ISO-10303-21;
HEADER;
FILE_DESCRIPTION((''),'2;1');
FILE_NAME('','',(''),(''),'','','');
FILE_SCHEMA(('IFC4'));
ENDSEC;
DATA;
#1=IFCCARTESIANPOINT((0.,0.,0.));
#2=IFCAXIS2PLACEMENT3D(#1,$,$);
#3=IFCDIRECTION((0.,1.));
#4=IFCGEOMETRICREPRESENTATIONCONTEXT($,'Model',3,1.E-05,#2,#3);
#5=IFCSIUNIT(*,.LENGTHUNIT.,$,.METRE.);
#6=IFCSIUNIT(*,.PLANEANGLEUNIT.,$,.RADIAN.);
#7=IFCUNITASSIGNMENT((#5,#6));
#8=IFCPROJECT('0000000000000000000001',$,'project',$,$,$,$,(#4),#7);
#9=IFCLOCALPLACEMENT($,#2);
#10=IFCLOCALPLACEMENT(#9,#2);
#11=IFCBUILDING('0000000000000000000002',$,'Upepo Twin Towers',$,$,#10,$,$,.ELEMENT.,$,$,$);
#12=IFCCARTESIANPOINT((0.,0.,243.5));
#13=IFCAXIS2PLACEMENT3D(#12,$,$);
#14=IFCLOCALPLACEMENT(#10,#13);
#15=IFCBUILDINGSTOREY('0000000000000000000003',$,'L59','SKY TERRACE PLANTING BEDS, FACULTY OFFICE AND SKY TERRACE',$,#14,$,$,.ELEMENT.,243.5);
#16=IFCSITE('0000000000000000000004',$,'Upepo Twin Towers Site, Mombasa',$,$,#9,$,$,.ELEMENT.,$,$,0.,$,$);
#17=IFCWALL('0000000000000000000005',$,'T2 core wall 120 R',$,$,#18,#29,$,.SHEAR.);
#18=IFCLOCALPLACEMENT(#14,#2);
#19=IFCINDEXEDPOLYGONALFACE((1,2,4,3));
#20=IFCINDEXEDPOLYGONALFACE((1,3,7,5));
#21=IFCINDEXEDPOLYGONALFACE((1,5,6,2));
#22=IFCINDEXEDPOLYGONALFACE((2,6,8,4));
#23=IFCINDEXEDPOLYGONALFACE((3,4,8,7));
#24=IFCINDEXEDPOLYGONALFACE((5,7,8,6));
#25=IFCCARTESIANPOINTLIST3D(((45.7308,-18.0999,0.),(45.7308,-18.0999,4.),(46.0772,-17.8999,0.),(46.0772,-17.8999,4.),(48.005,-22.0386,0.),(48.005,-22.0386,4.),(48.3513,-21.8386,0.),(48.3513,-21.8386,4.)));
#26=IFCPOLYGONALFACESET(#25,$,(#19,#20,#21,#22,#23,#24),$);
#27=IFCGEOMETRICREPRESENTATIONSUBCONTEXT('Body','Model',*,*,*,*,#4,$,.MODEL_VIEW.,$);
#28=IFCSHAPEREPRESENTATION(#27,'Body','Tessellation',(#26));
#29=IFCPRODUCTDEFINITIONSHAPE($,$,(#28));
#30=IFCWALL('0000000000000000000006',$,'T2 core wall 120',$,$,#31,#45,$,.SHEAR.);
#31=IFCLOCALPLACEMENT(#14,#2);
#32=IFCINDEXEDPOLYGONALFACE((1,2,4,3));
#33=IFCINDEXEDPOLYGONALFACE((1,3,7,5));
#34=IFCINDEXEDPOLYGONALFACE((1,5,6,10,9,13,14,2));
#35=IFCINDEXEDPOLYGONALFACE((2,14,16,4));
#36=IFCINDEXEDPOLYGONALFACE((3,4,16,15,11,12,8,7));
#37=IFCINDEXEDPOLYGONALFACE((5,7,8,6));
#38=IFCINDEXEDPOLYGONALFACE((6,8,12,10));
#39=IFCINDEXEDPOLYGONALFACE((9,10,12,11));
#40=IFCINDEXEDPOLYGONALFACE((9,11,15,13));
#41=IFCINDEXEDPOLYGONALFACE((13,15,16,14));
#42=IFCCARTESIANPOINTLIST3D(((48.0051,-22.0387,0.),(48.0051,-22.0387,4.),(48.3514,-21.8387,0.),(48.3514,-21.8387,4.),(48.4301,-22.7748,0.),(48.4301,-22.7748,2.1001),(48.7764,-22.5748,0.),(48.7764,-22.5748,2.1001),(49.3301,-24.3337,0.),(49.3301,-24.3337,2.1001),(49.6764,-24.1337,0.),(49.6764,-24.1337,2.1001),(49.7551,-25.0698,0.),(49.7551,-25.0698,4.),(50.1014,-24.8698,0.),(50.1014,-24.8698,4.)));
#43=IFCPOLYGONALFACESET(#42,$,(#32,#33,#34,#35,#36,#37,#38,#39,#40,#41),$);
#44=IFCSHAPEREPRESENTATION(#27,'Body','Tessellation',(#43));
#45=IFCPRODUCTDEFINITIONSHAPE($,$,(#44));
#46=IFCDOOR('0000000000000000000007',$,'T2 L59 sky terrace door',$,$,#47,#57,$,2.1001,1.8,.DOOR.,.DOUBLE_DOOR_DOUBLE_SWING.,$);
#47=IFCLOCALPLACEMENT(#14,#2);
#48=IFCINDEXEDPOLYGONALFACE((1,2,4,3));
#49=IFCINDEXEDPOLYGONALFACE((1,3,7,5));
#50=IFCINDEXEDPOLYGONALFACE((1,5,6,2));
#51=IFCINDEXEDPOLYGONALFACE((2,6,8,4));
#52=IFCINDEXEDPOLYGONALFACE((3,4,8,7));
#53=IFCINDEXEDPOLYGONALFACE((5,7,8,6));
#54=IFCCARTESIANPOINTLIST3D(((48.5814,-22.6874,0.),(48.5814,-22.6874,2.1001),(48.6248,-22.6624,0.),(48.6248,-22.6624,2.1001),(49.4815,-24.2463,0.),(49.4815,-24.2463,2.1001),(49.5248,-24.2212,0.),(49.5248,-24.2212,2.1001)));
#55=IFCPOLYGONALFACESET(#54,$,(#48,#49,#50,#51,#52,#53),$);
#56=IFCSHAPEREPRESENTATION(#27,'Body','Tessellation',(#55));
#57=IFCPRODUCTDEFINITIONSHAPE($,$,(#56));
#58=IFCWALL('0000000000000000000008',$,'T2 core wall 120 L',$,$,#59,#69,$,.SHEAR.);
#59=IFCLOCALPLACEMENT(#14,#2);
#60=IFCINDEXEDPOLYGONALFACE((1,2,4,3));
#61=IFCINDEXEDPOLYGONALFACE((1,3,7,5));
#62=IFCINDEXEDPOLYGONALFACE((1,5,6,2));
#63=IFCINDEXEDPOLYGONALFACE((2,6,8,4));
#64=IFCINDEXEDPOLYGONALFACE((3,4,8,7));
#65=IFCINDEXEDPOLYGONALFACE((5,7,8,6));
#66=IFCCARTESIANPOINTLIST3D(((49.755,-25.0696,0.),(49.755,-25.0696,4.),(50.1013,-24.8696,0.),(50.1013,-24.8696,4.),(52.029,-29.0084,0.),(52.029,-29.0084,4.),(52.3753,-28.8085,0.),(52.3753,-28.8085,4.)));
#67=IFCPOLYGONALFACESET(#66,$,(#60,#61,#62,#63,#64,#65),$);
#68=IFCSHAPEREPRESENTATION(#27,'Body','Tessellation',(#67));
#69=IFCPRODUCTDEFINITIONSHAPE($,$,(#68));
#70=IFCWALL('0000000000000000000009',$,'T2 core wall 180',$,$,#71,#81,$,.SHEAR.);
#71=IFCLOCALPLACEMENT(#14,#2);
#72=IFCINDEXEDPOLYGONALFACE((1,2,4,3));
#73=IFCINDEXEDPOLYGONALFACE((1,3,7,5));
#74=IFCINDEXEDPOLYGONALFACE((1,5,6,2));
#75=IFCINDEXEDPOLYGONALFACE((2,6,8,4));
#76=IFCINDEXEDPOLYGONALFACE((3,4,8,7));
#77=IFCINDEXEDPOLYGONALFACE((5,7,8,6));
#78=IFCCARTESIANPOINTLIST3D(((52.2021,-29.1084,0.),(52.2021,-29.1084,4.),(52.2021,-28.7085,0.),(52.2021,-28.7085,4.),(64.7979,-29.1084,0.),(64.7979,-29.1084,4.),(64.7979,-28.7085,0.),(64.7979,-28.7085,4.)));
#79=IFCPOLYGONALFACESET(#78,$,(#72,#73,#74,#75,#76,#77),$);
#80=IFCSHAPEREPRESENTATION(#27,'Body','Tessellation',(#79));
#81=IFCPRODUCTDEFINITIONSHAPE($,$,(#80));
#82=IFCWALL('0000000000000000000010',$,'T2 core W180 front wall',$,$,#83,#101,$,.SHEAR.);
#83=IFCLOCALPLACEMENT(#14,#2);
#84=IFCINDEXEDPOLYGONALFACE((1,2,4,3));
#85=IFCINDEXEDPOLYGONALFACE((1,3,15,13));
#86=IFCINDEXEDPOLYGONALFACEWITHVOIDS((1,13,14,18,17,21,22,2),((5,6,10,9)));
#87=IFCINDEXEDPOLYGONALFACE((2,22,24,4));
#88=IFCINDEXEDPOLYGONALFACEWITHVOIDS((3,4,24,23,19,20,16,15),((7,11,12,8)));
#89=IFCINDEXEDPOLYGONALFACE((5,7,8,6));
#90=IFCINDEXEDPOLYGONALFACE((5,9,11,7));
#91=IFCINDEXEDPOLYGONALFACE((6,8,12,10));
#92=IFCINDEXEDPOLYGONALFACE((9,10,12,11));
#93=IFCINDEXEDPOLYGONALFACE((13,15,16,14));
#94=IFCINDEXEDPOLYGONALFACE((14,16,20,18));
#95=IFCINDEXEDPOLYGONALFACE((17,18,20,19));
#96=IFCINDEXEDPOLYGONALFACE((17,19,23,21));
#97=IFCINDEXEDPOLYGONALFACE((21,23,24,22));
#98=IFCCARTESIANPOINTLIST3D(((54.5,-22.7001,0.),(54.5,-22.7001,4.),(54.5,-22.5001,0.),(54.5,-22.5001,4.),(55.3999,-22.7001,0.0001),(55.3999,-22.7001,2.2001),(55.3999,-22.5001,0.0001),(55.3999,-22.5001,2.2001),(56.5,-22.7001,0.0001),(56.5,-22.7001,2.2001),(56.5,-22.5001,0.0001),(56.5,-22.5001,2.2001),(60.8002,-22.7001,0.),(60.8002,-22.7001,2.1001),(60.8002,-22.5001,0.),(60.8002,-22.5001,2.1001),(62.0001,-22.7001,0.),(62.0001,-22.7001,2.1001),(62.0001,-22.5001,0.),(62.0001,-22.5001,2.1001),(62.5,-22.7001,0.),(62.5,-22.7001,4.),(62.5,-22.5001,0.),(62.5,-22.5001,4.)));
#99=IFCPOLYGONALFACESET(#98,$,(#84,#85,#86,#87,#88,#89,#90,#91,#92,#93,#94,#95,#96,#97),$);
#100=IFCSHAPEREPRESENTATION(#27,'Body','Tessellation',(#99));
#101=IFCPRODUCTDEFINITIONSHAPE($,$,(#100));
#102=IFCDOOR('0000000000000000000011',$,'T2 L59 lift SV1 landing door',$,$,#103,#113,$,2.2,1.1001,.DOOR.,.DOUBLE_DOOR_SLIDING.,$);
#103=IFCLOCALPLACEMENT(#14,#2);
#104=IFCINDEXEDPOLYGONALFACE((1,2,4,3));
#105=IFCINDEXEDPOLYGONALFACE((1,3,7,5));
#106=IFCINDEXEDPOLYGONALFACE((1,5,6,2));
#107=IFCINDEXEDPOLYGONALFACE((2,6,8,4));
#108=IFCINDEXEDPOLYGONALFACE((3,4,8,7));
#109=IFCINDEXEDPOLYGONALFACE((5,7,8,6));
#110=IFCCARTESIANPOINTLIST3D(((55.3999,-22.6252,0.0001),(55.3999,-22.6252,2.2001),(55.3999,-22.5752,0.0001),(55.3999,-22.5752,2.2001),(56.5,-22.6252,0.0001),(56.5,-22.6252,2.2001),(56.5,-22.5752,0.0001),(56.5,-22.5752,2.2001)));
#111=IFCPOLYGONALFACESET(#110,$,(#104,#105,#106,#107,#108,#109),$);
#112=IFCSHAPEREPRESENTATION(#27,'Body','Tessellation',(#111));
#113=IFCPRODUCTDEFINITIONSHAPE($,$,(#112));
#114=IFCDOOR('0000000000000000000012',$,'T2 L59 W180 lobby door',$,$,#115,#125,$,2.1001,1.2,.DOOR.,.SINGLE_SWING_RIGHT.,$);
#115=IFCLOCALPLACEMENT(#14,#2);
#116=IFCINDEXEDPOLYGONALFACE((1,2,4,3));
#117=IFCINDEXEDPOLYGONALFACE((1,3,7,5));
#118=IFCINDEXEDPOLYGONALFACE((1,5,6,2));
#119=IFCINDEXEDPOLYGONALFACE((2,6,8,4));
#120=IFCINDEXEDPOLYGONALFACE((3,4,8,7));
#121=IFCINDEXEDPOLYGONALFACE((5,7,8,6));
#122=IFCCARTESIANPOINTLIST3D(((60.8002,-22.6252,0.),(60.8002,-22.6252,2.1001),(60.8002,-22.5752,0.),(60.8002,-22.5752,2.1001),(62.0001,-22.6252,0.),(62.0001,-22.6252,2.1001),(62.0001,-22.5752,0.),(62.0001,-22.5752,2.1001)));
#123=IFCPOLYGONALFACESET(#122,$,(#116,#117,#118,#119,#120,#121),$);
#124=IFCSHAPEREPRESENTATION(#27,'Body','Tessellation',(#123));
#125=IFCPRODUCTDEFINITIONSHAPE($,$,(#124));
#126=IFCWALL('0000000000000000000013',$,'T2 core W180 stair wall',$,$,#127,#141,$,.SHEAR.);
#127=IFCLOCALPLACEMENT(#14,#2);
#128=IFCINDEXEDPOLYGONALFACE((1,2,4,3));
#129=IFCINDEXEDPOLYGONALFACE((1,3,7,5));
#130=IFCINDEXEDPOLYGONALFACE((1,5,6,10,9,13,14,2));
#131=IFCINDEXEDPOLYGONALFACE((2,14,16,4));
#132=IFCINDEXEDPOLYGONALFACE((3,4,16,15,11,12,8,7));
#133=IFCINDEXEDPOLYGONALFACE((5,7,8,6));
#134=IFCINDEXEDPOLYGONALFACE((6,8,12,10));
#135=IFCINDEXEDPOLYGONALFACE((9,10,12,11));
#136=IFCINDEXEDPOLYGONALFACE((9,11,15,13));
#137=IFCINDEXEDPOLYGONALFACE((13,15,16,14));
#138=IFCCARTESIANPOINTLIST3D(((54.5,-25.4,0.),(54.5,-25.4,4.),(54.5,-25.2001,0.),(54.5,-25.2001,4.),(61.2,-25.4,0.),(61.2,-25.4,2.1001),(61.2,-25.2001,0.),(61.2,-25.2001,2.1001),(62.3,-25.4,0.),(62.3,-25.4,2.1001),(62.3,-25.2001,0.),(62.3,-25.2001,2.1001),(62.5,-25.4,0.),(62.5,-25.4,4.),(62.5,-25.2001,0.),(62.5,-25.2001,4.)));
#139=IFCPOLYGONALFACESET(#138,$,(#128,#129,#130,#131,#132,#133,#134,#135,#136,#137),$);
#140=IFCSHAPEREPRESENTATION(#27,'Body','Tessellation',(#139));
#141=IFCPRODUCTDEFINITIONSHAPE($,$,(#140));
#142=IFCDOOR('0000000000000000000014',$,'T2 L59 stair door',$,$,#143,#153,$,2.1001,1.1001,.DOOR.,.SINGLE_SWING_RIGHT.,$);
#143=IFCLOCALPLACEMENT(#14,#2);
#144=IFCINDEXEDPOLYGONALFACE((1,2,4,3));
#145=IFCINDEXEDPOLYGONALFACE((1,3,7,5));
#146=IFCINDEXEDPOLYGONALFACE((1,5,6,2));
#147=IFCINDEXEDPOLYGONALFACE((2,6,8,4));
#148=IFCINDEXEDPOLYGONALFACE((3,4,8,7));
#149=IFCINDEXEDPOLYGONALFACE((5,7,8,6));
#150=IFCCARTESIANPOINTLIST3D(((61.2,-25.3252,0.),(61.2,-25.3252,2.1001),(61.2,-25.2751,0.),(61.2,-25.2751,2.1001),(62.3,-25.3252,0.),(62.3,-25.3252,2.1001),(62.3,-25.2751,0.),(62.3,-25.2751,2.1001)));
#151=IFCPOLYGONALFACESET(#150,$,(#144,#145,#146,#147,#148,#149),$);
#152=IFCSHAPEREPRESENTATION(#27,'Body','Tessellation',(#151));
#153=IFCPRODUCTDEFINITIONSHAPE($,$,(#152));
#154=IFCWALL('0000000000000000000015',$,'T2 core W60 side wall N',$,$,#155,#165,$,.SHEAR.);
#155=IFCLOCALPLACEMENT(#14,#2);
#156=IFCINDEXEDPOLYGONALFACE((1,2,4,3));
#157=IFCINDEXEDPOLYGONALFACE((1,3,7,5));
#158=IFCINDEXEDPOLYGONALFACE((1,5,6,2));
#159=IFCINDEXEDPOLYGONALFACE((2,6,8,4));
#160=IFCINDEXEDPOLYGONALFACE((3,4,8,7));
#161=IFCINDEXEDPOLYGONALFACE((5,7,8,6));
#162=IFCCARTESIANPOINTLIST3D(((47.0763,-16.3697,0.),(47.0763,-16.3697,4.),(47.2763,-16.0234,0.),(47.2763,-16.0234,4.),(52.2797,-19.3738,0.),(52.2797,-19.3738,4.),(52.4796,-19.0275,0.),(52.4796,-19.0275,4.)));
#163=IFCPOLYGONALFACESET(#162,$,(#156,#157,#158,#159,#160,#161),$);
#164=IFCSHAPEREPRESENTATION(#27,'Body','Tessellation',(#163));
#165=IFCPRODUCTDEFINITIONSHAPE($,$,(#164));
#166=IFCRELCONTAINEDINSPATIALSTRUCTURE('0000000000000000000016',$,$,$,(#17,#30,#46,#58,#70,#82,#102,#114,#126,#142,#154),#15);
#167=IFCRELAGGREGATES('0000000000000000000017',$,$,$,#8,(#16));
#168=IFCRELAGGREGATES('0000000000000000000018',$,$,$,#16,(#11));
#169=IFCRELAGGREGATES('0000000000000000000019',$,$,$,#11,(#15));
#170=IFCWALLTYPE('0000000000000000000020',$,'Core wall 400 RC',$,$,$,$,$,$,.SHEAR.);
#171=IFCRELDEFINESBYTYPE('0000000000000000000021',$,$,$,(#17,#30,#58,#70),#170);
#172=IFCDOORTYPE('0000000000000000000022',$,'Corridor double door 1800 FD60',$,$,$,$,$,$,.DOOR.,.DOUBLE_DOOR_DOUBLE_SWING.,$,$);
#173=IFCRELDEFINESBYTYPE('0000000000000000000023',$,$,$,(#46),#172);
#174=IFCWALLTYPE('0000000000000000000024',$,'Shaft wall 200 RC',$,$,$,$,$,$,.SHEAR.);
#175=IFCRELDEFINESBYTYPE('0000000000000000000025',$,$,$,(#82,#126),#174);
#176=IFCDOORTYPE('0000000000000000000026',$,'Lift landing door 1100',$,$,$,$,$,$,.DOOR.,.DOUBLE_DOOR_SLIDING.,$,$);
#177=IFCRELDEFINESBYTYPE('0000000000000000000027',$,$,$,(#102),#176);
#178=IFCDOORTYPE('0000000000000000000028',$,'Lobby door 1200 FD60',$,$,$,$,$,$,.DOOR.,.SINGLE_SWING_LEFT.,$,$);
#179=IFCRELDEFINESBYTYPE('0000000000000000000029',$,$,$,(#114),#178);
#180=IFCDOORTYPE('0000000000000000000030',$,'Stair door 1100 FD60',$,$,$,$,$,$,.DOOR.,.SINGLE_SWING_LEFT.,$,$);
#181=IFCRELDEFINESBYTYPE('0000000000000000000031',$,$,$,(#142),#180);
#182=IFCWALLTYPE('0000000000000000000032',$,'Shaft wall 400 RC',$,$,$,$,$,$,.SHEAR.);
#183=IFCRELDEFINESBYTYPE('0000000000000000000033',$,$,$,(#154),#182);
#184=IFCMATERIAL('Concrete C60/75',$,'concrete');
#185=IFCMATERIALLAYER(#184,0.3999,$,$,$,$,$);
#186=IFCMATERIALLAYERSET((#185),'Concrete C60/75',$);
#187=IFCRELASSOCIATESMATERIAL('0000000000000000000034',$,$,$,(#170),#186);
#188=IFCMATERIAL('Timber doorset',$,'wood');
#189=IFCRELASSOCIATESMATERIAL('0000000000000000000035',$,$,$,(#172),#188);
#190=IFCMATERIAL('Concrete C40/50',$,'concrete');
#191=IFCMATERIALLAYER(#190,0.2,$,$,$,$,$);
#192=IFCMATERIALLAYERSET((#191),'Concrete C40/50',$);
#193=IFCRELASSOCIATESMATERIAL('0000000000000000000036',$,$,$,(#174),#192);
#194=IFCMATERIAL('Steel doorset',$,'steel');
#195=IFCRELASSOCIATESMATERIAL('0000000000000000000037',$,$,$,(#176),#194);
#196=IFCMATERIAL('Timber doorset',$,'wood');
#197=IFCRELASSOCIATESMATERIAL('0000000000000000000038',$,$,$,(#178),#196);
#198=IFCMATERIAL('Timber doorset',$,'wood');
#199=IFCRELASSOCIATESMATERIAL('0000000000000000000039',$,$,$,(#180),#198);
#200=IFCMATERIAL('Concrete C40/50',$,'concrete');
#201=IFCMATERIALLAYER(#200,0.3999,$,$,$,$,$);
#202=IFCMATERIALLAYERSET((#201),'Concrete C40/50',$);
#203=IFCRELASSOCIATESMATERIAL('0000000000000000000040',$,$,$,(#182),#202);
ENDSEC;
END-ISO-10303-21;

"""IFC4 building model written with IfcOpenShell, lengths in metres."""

from ifc_helpers import new_model, si_unit, direction, frame, frame_2d, origin, place, context, subcontext, project, spatial, rectangle, extrude, material, layer, layer_set, type_object, element, fill, save


model = new_model("IFC4")

# Units and contexts
model_context = context("Model", 3, precision=1e-05, world=origin(), true_north=direction((0.0, 1.0)))
body_context = subcontext(model_context, "Body", "Model", "MODEL_VIEW")
ifc_project = project(units=[si_unit("LENGTHUNIT", "METRE"), si_unit("PLANEANGLEUNIT", "RADIAN")], contexts=[model_context])

# Site, building, storey
site_placement = place(None, origin())
site = spatial("IfcSite", under=ifc_project, at=site_placement, Name="Upepo Twin Towers Site, Mombasa", CompositionType="ELEMENT", RefElevation=0.0)
building_placement = place(site_placement, origin())
building = spatial("IfcBuilding", under=site, at=building_placement, Name="Upepo Twin Towers", CompositionType="ELEMENT")
storey_placement = place(building_placement, frame((0.0, 0.0, 243.5)))
storey = spatial("IfcBuildingStorey", under=building, at=storey_placement, Name="L59", Description="SKY TERRACE PLANTING BEDS, FACULTY OFFICE AND SKY TERRACE", CompositionType="ELEMENT", Elevation=243.5)

# Wall
ifc_material_1 = material(Name="Concrete C60/75", Category="concrete")
ifc_layer_1 = layer(ifc_material_1, 0.3999)
ifc_layer_set_1 = layer_set([ifc_layer_1], Name="Concrete C60/75")
wall_type_1 = type_object("IfcWallType", Name="Core wall 400 RC", PredefinedType="SHEAR", material=ifc_layer_set_1)
wall_1_placement = place(storey_placement, frame((45.9041, -18.0, 0.0), z_axis=(0.0, 0.0, 1.0), x_axis=(0.500024, -0.866011, 0.0)))
element("IfcWall", 1, at=wall_1_placement, inside=storey, type_object=wall_type_1, Name="T2 core wall 120 R", PredefinedType="SHEAR", context=body_context, shape_type="SweptSolid", body=[
    extrude(rectangle(XDim=4.5481, YDim=0.3999, at=frame_2d((2.2739, 0.0))), origin(), (0.0, 0.0, 1.0), 4.0),
])

# Wall, opening, door
wall_2_placement = place(storey_placement, frame((48.1782, -21.9387, 0.0), z_axis=(0.0, 0.0, 1.0), x_axis=(0.50001, -0.866019, 0.0)))
wall_2 = element("IfcWall", 2, at=wall_2_placement, inside=storey, type_object=wall_type_1, Name="T2 core wall 120", PredefinedType="SHEAR", context=body_context, shape_type="SweptSolid", body=[
    extrude(rectangle(XDim=3.5, YDim=0.3999, at=frame_2d((1.75, 0.0))), origin(), (0.0, 0.0, 1.0), 4.0),
])
opening_1_placement = place(wall_2_placement, frame((0.8501, 0.0, 0.0)))
opening_1 = element("IfcOpeningElement", 3, at=opening_1_placement, cuts=wall_2, PredefinedType="OPENING", context=body_context, shape_type="SweptSolid", body=[
    extrude(rectangle(XDim=1.8, YDim=2.1001, at=frame_2d((0.8999, 1.05))), frame((0.0, 0.21, 0.0), z_axis=(0.0, -1.0, 0.0), x_axis=(1.0, 0.0, 0.0)), (0.0, 0.0, 1.0), 0.4199),
])
ifc_material_2 = material(Name="Timber doorset", Category="wood")
door_type_1 = type_object("IfcDoorType", Name="Corridor double door 1800 FD60", OperationType="DOUBLE_DOOR_DOUBLE_SWING", PredefinedType="DOOR", material=ifc_material_2)
door_1_placement = place(opening_1_placement, origin())
door_1 = element("IfcDoor", 4, at=door_1_placement, inside=storey, type_object=door_type_1, Name="T2 L59 sky terrace door", OperationType="DOUBLE_DOOR_DOUBLE_SWING", OverallHeight=2.1001, OverallWidth=1.8, PredefinedType="DOOR", context=body_context, shape_type="SweptSolid", body=[
    extrude(rectangle(XDim=1.8, YDim=2.1001, at=frame_2d((0.8999, 1.05))), frame((0.0, 0.0249, 0.0), z_axis=(0.0, -1.0, 0.0), x_axis=(1.0, 0.0, 0.0)), (0.0, 0.0, 1.0), 0.05),
])
fill(opening_1, door_1)

# Walls
wall_3_placement = place(storey_placement, frame((49.9282, -24.9697, 0.0), z_axis=(0.0, 0.0, 1.0), x_axis=(0.499984, -0.866035, 0.0)))
element("IfcWall", 5, at=wall_3_placement, inside=storey, type_object=wall_type_1, Name="T2 core wall 120 L", PredefinedType="SHEAR", context=body_context, shape_type="SweptSolid", body=[
    extrude(rectangle(XDim=4.5481, YDim=0.3999, at=frame_2d((2.2739, 0.0))), origin(), (0.0, 0.0, 1.0), 4.0),
])
wall_4_placement = place(storey_placement, frame((52.2021, -28.9084, 0.0), z_axis=(0.0, 0.0, 1.0), x_axis=(1.0, 0.0, 0.0)))
element("IfcWall", 6, at=wall_4_placement, inside=storey, type_object=wall_type_1, Name="T2 core wall 180", PredefinedType="SHEAR", context=body_context, shape_type="SweptSolid", body=[
    extrude(rectangle(XDim=12.5957, YDim=0.3999, at=frame_2d((6.2979, 0.0))), origin(), (0.0, 0.0, 1.0), 4.0),
])

# Wall, openings, doors
ifc_material_3 = material(Name="Concrete C40/50", Category="concrete")
ifc_layer_2 = layer(ifc_material_3, 0.2)
ifc_layer_set_2 = layer_set([ifc_layer_2], Name="Concrete C40/50")
wall_type_2 = type_object("IfcWallType", Name="Shaft wall 200 RC", PredefinedType="SHEAR", material=ifc_layer_set_2)
wall_5_placement = place(storey_placement, frame((54.5, -22.6001, 0.0), z_axis=(0.0, 0.0, 1.0), x_axis=(1.0, 0.0, 0.0)))
wall_5 = element("IfcWall", 7, at=wall_5_placement, inside=storey, type_object=wall_type_2, Name="T2 core W180 front wall", PredefinedType="SHEAR", context=body_context, shape_type="SweptSolid", body=[
    extrude(rectangle(XDim=8.0, YDim=0.2, at=frame_2d((4.0, 0.0))), origin(), (0.0, 0.0, 1.0), 4.0),
])
opening_2_placement = place(wall_5_placement, frame((6.3, 0.0, 0.0)))
opening_2 = element("IfcOpeningElement", 8, at=opening_2_placement, cuts=wall_5, PredefinedType="OPENING", context=body_context, shape_type="SweptSolid", body=[
    extrude(rectangle(XDim=1.2, YDim=2.1001, at=frame_2d((0.6001, 1.05))), frame((0.0, 0.1099, 0.0), z_axis=(0.0, -1.0, 0.0), x_axis=(1.0, 0.0, 0.0)), (0.0, 0.0, 1.0), 0.22),
])
opening_3_placement = place(wall_5_placement, frame((0.8999, 0.0, 0.0)))
opening_3 = element("IfcOpeningElement", 9, at=opening_3_placement, cuts=wall_5, PredefinedType="OPENING", context=body_context, shape_type="SweptSolid", body=[
    extrude(rectangle(XDim=1.1001, YDim=2.2, at=frame_2d((0.55, 1.1001))), frame((0.0, 0.1099, 0.0), z_axis=(0.0, -1.0, 0.0), x_axis=(1.0, 0.0, 0.0)), (0.0, 0.0, 1.0), 0.22),
])
ifc_material_4 = material(Name="Steel doorset", Category="steel")
door_type_2 = type_object("IfcDoorType", Name="Lift landing door 1100", OperationType="DOUBLE_DOOR_SLIDING", PredefinedType="DOOR", material=ifc_material_4)
door_2_placement = place(opening_3_placement, origin())
door_2 = element("IfcDoor", 10, at=door_2_placement, inside=storey, type_object=door_type_2, Name="T2 L59 lift SV1 landing door", OperationType="DOUBLE_DOOR_SLIDING", OverallHeight=2.2, OverallWidth=1.1001, PredefinedType="DOOR", context=body_context, shape_type="SweptSolid", body=[
    extrude(rectangle(XDim=1.1001, YDim=2.2, at=frame_2d((0.55, 1.1001))), frame((0.0, 0.0249, 0.0), z_axis=(0.0, -1.0, 0.0), x_axis=(1.0, 0.0, 0.0)), (0.0, 0.0, 1.0), 0.05),
])
fill(opening_3, door_2)
ifc_material_5 = material(Name="Timber doorset", Category="wood")
door_type_3 = type_object("IfcDoorType", Name="Lobby door 1200 FD60", OperationType="SINGLE_SWING_LEFT", PredefinedType="DOOR", material=ifc_material_5)
door_3_placement = place(opening_2_placement, origin())
door_3 = element("IfcDoor", 11, at=door_3_placement, inside=storey, type_object=door_type_3, Name="T2 L59 W180 lobby door", OperationType="SINGLE_SWING_RIGHT", OverallHeight=2.1001, OverallWidth=1.2, PredefinedType="DOOR", context=body_context, shape_type="SweptSolid", body=[
    extrude(rectangle(XDim=1.2, YDim=2.1001, at=frame_2d((0.6001, 1.05))), frame((0.0, 0.0249, 0.0), z_axis=(0.0, -1.0, 0.0), x_axis=(1.0, 0.0, 0.0)), (0.0, 0.0, 1.0), 0.05),
])
fill(opening_2, door_3)

# Wall, opening, door
wall_6_placement = place(storey_placement, frame((54.5, -25.3, 0.0), z_axis=(0.0, 0.0, 1.0), x_axis=(1.0, 0.0, 0.0)))
wall_6 = element("IfcWall", 12, at=wall_6_placement, inside=storey, type_object=wall_type_2, Name="T2 core W180 stair wall", PredefinedType="SHEAR", context=body_context, shape_type="SweptSolid", body=[
    extrude(rectangle(XDim=8.0, YDim=0.2, at=frame_2d((4.0, 0.0))), origin(), (0.0, 0.0, 1.0), 4.0),
])
opening_4_placement = place(wall_6_placement, frame((6.7, 0.0, 0.0)))
opening_4 = element("IfcOpeningElement", 13, at=opening_4_placement, cuts=wall_6, PredefinedType="OPENING", context=body_context, shape_type="SweptSolid", body=[
    extrude(rectangle(XDim=1.1001, YDim=2.1001, at=frame_2d((0.55, 1.05))), frame((0.0, 0.1099, 0.0), z_axis=(0.0, -1.0, 0.0), x_axis=(1.0, 0.0, 0.0)), (0.0, 0.0, 1.0), 0.22),
])
ifc_material_6 = material(Name="Timber doorset", Category="wood")
door_type_4 = type_object("IfcDoorType", Name="Stair door 1100 FD60", OperationType="SINGLE_SWING_LEFT", PredefinedType="DOOR", material=ifc_material_6)
door_4_placement = place(opening_4_placement, origin())
door_4 = element("IfcDoor", 14, at=door_4_placement, inside=storey, type_object=door_type_4, Name="T2 L59 stair door", OperationType="SINGLE_SWING_RIGHT", OverallHeight=2.1001, OverallWidth=1.1001, PredefinedType="DOOR", context=body_context, shape_type="SweptSolid", body=[
    extrude(rectangle(XDim=1.1001, YDim=2.1001, at=frame_2d((0.55, 1.05))), frame((0.0, 0.0249, 0.0), z_axis=(0.0, -1.0, 0.0), x_axis=(1.0, 0.0, 0.0)), (0.0, 0.0, 1.0), 0.05),
])
fill(opening_4, door_4)

# Wall
ifc_material_7 = material(Name="Concrete C40/50", Category="concrete")
ifc_layer_3 = layer(ifc_material_7, 0.3999)
ifc_layer_set_3 = layer_set([ifc_layer_3], Name="Concrete C40/50")
wall_type_3 = type_object("IfcWallType", Name="Shaft wall 400 RC", PredefinedType="SHEAR", material=ifc_layer_set_3)
for number, where, z_axis, x_axis, name in (
    (15, (52.3796, -19.2007, 0.0), (0.0, 0.0, 1.0), (-0.866027, 0.499998, 0.0), "T2 core W60 side wall N"),
):
    element("IfcWall", number, at=place(storey_placement, frame(where, z_axis=z_axis, x_axis=x_axis)), inside=storey, type_object=wall_type_3, Name=name, PredefinedType="SHEAR", context=body_context, shape_type="SweptSolid", body=[
        extrude(rectangle(XDim=6.0083, YDim=0.3999, at=frame_2d((3.0042, 0.0))), origin(), (0.0, 0.0, 1.0), 4.0),
    ])

save(model, "model.ifc")
